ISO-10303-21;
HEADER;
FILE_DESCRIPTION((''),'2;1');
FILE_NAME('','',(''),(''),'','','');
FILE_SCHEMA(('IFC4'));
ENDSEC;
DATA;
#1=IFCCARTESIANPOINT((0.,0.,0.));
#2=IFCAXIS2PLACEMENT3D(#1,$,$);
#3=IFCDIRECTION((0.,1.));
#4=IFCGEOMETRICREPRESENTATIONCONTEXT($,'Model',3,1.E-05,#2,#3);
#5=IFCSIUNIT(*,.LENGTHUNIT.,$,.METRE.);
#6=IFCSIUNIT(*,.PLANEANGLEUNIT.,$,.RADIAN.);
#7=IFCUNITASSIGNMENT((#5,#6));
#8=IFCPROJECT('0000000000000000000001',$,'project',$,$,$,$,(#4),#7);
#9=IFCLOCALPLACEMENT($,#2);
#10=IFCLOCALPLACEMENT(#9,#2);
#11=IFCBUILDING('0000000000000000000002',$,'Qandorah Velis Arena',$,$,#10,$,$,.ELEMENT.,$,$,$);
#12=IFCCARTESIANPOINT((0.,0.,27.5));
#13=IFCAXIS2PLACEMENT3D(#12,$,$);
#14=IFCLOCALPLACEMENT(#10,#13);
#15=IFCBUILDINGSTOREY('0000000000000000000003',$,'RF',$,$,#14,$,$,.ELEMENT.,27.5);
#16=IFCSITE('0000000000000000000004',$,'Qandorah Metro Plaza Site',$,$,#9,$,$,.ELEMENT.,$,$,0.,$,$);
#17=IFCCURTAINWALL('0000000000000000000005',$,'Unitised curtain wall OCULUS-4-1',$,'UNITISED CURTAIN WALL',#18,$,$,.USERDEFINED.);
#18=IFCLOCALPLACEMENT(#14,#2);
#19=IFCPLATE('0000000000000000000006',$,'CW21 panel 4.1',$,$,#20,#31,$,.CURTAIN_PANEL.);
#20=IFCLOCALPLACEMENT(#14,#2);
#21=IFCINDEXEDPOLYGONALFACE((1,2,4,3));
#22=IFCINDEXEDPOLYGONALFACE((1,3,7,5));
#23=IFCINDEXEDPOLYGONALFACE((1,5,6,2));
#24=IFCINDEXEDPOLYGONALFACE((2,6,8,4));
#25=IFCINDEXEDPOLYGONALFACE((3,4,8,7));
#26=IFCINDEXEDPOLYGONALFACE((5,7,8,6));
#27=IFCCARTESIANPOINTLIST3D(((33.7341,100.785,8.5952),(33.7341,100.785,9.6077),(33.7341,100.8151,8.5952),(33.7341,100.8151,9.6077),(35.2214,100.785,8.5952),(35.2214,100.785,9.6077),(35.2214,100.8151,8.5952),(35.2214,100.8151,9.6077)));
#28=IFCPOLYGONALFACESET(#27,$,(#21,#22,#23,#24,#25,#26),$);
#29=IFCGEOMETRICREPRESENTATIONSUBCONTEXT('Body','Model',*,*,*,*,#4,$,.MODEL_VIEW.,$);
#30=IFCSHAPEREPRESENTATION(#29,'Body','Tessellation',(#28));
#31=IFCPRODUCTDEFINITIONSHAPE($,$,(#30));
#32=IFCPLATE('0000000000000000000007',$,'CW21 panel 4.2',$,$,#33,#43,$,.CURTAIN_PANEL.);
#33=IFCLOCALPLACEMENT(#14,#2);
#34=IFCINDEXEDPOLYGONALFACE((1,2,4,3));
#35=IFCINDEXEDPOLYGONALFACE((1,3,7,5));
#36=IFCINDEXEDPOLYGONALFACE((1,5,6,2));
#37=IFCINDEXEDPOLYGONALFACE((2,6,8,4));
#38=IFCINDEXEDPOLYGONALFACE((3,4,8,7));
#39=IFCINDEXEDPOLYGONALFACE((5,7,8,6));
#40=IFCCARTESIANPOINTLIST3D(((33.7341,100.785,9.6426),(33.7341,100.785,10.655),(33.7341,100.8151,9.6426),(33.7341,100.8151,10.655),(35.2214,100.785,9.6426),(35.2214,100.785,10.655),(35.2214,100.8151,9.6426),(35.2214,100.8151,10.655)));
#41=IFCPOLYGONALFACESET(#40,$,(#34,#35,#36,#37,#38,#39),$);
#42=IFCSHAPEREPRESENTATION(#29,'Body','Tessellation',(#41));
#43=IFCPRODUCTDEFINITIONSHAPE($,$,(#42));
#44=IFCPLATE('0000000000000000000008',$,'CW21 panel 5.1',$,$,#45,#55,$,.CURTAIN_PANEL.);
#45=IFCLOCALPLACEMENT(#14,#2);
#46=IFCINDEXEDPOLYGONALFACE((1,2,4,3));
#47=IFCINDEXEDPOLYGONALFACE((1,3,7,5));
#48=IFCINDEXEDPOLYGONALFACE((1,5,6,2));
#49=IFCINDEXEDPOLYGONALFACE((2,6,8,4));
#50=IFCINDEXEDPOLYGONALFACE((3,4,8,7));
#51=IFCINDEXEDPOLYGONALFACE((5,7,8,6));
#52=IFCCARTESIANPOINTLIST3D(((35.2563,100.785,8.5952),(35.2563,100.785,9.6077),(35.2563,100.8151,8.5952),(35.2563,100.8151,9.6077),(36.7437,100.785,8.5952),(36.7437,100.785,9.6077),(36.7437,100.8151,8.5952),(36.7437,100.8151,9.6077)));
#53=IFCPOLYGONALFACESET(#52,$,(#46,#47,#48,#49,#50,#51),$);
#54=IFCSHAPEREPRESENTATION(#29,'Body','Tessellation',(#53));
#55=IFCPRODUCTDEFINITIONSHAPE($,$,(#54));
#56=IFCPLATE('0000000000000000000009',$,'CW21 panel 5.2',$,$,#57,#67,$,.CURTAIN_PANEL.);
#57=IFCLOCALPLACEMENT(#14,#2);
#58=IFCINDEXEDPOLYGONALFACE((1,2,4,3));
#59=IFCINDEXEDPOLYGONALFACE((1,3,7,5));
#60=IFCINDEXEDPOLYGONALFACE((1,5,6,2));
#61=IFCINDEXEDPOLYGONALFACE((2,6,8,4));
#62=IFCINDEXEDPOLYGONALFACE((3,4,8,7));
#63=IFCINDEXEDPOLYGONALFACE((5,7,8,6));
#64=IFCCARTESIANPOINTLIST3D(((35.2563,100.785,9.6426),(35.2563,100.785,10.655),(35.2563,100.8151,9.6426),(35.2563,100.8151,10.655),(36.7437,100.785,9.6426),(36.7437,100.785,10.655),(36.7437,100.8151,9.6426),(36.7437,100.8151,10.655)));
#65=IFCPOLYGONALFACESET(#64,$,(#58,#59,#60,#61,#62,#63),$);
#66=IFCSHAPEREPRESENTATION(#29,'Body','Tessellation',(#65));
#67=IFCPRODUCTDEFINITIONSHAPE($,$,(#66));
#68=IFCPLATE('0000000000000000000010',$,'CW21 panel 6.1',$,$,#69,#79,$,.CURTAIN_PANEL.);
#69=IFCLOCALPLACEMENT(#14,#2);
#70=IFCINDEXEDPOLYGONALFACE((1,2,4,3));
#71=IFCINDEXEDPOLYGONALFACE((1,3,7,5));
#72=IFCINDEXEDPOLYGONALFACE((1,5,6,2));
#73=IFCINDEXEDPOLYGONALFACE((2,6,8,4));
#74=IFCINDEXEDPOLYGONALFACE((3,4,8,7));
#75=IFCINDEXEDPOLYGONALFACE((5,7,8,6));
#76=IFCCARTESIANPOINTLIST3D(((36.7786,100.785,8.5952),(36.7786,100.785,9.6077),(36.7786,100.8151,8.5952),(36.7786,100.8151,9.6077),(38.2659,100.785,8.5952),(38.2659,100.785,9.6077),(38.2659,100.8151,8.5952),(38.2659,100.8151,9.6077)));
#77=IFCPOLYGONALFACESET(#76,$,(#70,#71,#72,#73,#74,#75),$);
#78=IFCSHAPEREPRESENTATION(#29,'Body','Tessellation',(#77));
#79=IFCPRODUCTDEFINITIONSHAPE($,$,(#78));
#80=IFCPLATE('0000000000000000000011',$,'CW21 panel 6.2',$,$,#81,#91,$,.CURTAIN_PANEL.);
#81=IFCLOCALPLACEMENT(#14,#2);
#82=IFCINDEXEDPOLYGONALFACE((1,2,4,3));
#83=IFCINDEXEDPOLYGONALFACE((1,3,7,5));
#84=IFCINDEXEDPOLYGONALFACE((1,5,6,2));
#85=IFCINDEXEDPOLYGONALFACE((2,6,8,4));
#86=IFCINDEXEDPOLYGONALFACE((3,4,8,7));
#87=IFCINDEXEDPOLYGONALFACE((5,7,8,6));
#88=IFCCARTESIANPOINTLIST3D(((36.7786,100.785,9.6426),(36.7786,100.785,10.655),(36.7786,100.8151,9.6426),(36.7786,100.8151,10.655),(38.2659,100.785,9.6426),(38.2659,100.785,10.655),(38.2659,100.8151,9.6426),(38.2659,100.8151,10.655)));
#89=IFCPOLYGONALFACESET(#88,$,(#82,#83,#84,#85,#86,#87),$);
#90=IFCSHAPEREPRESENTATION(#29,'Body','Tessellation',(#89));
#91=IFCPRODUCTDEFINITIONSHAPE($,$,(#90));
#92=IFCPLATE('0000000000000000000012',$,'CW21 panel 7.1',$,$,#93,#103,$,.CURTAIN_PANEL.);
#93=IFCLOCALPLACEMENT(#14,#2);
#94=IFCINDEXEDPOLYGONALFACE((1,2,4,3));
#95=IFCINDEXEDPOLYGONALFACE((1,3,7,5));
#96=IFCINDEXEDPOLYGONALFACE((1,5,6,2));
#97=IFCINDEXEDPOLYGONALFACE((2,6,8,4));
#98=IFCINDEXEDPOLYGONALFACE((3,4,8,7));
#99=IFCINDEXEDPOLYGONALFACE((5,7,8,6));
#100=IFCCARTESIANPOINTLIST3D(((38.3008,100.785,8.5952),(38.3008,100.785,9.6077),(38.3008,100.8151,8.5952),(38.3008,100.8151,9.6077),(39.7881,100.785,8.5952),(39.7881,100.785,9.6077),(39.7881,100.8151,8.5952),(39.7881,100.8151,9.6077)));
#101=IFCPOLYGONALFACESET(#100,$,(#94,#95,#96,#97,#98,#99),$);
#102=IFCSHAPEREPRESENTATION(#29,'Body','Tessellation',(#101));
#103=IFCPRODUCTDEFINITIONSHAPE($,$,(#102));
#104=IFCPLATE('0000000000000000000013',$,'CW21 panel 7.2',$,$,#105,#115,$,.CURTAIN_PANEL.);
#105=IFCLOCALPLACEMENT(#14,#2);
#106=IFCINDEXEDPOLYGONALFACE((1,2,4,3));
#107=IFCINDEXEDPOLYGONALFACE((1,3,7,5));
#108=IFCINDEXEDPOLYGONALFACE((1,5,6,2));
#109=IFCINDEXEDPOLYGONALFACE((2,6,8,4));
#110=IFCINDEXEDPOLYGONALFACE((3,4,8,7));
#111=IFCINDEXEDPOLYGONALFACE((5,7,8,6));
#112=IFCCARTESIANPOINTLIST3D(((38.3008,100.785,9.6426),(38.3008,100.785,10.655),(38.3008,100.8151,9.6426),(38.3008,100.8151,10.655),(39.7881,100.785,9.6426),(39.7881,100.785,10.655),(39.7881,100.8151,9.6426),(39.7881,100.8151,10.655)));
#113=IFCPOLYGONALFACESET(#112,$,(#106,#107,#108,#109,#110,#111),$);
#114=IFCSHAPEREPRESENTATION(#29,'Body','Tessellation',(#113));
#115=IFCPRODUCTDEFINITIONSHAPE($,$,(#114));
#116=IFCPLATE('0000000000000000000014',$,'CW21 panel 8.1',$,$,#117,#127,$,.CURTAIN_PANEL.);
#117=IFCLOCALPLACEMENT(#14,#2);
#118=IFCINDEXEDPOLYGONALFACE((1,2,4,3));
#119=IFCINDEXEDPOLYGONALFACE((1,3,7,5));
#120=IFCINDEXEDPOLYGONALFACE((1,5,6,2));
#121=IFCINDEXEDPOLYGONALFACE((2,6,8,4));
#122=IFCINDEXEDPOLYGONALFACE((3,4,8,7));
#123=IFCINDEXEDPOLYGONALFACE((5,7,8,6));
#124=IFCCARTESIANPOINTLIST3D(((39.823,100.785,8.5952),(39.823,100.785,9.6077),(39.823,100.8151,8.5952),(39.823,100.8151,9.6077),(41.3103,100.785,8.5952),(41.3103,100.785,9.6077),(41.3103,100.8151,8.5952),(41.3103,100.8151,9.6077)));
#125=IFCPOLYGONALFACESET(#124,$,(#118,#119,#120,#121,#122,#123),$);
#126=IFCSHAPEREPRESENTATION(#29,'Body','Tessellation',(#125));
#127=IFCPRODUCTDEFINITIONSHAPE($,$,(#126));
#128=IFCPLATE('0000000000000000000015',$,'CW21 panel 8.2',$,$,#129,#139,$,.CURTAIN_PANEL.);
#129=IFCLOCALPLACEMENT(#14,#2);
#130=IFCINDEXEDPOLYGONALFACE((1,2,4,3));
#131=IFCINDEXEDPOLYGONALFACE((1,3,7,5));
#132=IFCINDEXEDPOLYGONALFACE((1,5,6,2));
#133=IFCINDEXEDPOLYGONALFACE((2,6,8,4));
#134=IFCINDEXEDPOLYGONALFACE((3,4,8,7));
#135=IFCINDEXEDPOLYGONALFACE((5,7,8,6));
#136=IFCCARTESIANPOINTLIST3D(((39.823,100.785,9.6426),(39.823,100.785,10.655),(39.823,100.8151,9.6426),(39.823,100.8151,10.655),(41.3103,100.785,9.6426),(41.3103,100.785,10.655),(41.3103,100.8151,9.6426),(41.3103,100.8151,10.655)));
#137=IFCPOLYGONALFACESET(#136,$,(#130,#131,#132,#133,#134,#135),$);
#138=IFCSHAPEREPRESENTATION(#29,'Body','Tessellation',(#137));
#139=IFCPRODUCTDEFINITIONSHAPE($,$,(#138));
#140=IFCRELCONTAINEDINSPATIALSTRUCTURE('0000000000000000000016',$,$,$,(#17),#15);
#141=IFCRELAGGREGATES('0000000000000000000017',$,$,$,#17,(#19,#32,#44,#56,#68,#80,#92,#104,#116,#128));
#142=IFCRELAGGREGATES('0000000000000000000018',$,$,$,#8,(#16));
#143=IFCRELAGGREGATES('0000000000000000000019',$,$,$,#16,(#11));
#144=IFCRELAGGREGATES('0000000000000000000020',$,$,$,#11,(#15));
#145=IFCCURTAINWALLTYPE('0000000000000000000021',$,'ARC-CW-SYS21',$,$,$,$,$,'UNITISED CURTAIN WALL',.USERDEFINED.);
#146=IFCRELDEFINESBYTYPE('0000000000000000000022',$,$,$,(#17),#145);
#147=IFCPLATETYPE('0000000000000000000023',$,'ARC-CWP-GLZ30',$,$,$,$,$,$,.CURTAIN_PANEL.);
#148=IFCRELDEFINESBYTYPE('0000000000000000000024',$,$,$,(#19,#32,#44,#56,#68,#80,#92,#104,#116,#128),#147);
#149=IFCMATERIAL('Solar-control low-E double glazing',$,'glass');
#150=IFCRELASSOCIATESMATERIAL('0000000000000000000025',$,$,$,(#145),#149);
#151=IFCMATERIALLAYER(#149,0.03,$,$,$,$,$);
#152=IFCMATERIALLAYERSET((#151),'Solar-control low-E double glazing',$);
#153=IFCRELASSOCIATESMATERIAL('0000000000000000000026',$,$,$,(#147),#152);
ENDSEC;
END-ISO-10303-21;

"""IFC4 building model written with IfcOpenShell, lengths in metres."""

from ifc_helpers import new_model, si_unit, direction, frame, origin, origin_2d, place, context, subcontext, project, spatial, rectangle, extrude, material, layer, layer_set, type_object, element, aggregate, save


model = new_model("IFC4")

# Units and contexts
model_context = context("Model", 3, precision=1e-05, world=origin(), true_north=direction((0.0, 1.0)))
body_context = subcontext(model_context, "Body", "Model", "MODEL_VIEW")
ifc_project = project(units=[si_unit("LENGTHUNIT", "METRE"), si_unit("PLANEANGLEUNIT", "RADIAN")], contexts=[model_context])

# Site, building, storey
site_placement = place(None, origin())
site = spatial("IfcSite", under=ifc_project, at=site_placement, Name="Qandorah Metro Plaza Site", CompositionType="ELEMENT", RefElevation=0.0)
building_placement = place(site_placement, origin())
building = spatial("IfcBuilding", under=site, at=building_placement, Name="Qandorah Velis Arena", CompositionType="ELEMENT")
storey_placement = place(building_placement, frame((0.0, 0.0, 27.5)))
storey = spatial("IfcBuildingStorey", under=building, at=storey_placement, Name="RF", CompositionType="ELEMENT", Elevation=27.5)

# Curtain wall
ifc_material_1 = material(Name="Solar-control low-E double glazing", Category="glass")
curtain_wall_type = type_object("IfcCurtainWallType", Name="ARC-CW-SYS21", ElementType="UNITISED CURTAIN WALL", PredefinedType="USERDEFINED", material=ifc_material_1)
curtain_wall_placement = place(storey_placement, origin())
curtain_wall = element("IfcCurtainWall", 1, at=curtain_wall_placement, inside=storey, type_object=curtain_wall_type, Name="Unitised curtain wall OCULUS-4-1", ObjectType="UNITISED CURTAIN WALL", PredefinedType="USERDEFINED")

# Plates
ifc_layer = layer(ifc_material_1, 0.03)
ifc_layer_set = layer_set([ifc_layer], Name="Solar-control low-E double glazing")
plate_type = type_object("IfcPlateType", Name="ARC-CWP-GLZ30", PredefinedType="CURTAIN_PANEL", material=ifc_layer_set)
plate_1_placement = place(storey_placement, frame((34.4778, 100.8, 8.5952), z_axis=(0.0, 0.0, 1.0), x_axis=(1.0, 0.0, 0.0)))
plate_1 = element("IfcPlate", 2, at=plate_1_placement, type_object=plate_type, Name="CW21 panel 4.1", PredefinedType="CURTAIN_PANEL", context=body_context, shape_type="SweptSolid", body=[
    extrude(rectangle(XDim=1.4873, YDim=0.03, at=origin_2d()), origin(), (0.0, 0.0, 1.0), 1.0125),
])
plate_2_placement = place(storey_placement, frame((34.4778, 100.8, 9.6426), z_axis=(0.0, 0.0, 1.0), x_axis=(1.0, 0.0, 0.0)))
plate_2 = element("IfcPlate", 3, at=plate_2_placement, type_object=plate_type, Name="CW21 panel 4.2", PredefinedType="CURTAIN_PANEL", context=body_context, shape_type="SweptSolid", body=[
    extrude(rectangle(XDim=1.4873, YDim=0.03, at=origin_2d()), origin(), (0.0, 0.0, 1.0), 1.0125),
])
plate_3_placement = place(storey_placement, frame((36.0, 100.8, 8.5952), z_axis=(0.0, 0.0, 1.0), x_axis=(1.0, 0.0, 0.0)))
plate_3 = element("IfcPlate", 4, at=plate_3_placement, type_object=plate_type, Name="CW21 panel 5.1", PredefinedType="CURTAIN_PANEL", context=body_context, shape_type="SweptSolid", body=[
    extrude(rectangle(XDim=1.4873, YDim=0.03, at=origin_2d()), origin(), (0.0, 0.0, 1.0), 1.0125),
])
plate_4_placement = place(storey_placement, frame((36.0, 100.8, 9.6426), z_axis=(0.0, 0.0, 1.0), x_axis=(1.0, 0.0, 0.0)))
plate_4 = element("IfcPlate", 5, at=plate_4_placement, type_object=plate_type, Name="CW21 panel 5.2", PredefinedType="CURTAIN_PANEL", context=body_context, shape_type="SweptSolid", body=[
    extrude(rectangle(XDim=1.4873, YDim=0.03, at=origin_2d()), origin(), (0.0, 0.0, 1.0), 1.0125),
])
plate_5_placement = place(storey_placement, frame((37.5222, 100.8, 8.5952), z_axis=(0.0, 0.0, 1.0), x_axis=(1.0, 0.0, 0.0)))
plate_5 = element("IfcPlate", 6, at=plate_5_placement, type_object=plate_type, Name="CW21 panel 6.1", PredefinedType="CURTAIN_PANEL", context=body_context, shape_type="SweptSolid", body=[
    extrude(rectangle(XDim=1.4873, YDim=0.03, at=origin_2d()), origin(), (0.0, 0.0, 1.0), 1.0125),
])
plate_6_placement = place(storey_placement, frame((37.5222, 100.8, 9.6426), z_axis=(0.0, 0.0, 1.0), x_axis=(1.0, 0.0, 0.0)))
plate_6 = element("IfcPlate", 7, at=plate_6_placement, type_object=plate_type, Name="CW21 panel 6.2", PredefinedType="CURTAIN_PANEL", context=body_context, shape_type="SweptSolid", body=[
    extrude(rectangle(XDim=1.4873, YDim=0.03, at=origin_2d()), origin(), (0.0, 0.0, 1.0), 1.0125),
])
plate_7_placement = place(storey_placement, frame((39.0444, 100.8, 8.5952), z_axis=(0.0, 0.0, 1.0), x_axis=(1.0, 0.0, 0.0)))
plate_7 = element("IfcPlate", 8, at=plate_7_placement, type_object=plate_type, Name="CW21 panel 7.1", PredefinedType="CURTAIN_PANEL", context=body_context, shape_type="SweptSolid", body=[
    extrude(rectangle(XDim=1.4873, YDim=0.03, at=origin_2d()), origin(), (0.0, 0.0, 1.0), 1.0125),
])
plate_8_placement = place(storey_placement, frame((39.0444, 100.8, 9.6426), z_axis=(0.0, 0.0, 1.0), x_axis=(1.0, 0.0, 0.0)))
plate_8 = element("IfcPlate", 9, at=plate_8_placement, type_object=plate_type, Name="CW21 panel 7.2", PredefinedType="CURTAIN_PANEL", context=body_context, shape_type="SweptSolid", body=[
    extrude(rectangle(XDim=1.4873, YDim=0.03, at=origin_2d()), origin(), (0.0, 0.0, 1.0), 1.0125),
])
plate_9_placement = place(storey_placement, frame((40.5667, 100.8, 8.5952), z_axis=(0.0, 0.0, 1.0), x_axis=(1.0, 0.0, 0.0)))
plate_9 = element("IfcPlate", 10, at=plate_9_placement, type_object=plate_type, Name="CW21 panel 8.1", PredefinedType="CURTAIN_PANEL", context=body_context, shape_type="SweptSolid", body=[
    extrude(rectangle(XDim=1.4873, YDim=0.03, at=origin_2d()), origin(), (0.0, 0.0, 1.0), 1.0125),
])
plate_10_placement = place(storey_placement, frame((40.5667, 100.8, 9.6426), z_axis=(0.0, 0.0, 1.0), x_axis=(1.0, 0.0, 0.0)))
plate_10 = element("IfcPlate", 11, at=plate_10_placement, type_object=plate_type, Name="CW21 panel 8.2", PredefinedType="CURTAIN_PANEL", context=body_context, shape_type="SweptSolid", body=[
    extrude(rectangle(XDim=1.4873, YDim=0.03, at=origin_2d()), origin(), (0.0, 0.0, 1.0), 1.0125),
])
aggregate(curtain_wall, [plate_1, plate_2, plate_3, plate_4, plate_5, plate_6, plate_7, plate_8, plate_9, plate_10])

save(model, "model.ifc")
